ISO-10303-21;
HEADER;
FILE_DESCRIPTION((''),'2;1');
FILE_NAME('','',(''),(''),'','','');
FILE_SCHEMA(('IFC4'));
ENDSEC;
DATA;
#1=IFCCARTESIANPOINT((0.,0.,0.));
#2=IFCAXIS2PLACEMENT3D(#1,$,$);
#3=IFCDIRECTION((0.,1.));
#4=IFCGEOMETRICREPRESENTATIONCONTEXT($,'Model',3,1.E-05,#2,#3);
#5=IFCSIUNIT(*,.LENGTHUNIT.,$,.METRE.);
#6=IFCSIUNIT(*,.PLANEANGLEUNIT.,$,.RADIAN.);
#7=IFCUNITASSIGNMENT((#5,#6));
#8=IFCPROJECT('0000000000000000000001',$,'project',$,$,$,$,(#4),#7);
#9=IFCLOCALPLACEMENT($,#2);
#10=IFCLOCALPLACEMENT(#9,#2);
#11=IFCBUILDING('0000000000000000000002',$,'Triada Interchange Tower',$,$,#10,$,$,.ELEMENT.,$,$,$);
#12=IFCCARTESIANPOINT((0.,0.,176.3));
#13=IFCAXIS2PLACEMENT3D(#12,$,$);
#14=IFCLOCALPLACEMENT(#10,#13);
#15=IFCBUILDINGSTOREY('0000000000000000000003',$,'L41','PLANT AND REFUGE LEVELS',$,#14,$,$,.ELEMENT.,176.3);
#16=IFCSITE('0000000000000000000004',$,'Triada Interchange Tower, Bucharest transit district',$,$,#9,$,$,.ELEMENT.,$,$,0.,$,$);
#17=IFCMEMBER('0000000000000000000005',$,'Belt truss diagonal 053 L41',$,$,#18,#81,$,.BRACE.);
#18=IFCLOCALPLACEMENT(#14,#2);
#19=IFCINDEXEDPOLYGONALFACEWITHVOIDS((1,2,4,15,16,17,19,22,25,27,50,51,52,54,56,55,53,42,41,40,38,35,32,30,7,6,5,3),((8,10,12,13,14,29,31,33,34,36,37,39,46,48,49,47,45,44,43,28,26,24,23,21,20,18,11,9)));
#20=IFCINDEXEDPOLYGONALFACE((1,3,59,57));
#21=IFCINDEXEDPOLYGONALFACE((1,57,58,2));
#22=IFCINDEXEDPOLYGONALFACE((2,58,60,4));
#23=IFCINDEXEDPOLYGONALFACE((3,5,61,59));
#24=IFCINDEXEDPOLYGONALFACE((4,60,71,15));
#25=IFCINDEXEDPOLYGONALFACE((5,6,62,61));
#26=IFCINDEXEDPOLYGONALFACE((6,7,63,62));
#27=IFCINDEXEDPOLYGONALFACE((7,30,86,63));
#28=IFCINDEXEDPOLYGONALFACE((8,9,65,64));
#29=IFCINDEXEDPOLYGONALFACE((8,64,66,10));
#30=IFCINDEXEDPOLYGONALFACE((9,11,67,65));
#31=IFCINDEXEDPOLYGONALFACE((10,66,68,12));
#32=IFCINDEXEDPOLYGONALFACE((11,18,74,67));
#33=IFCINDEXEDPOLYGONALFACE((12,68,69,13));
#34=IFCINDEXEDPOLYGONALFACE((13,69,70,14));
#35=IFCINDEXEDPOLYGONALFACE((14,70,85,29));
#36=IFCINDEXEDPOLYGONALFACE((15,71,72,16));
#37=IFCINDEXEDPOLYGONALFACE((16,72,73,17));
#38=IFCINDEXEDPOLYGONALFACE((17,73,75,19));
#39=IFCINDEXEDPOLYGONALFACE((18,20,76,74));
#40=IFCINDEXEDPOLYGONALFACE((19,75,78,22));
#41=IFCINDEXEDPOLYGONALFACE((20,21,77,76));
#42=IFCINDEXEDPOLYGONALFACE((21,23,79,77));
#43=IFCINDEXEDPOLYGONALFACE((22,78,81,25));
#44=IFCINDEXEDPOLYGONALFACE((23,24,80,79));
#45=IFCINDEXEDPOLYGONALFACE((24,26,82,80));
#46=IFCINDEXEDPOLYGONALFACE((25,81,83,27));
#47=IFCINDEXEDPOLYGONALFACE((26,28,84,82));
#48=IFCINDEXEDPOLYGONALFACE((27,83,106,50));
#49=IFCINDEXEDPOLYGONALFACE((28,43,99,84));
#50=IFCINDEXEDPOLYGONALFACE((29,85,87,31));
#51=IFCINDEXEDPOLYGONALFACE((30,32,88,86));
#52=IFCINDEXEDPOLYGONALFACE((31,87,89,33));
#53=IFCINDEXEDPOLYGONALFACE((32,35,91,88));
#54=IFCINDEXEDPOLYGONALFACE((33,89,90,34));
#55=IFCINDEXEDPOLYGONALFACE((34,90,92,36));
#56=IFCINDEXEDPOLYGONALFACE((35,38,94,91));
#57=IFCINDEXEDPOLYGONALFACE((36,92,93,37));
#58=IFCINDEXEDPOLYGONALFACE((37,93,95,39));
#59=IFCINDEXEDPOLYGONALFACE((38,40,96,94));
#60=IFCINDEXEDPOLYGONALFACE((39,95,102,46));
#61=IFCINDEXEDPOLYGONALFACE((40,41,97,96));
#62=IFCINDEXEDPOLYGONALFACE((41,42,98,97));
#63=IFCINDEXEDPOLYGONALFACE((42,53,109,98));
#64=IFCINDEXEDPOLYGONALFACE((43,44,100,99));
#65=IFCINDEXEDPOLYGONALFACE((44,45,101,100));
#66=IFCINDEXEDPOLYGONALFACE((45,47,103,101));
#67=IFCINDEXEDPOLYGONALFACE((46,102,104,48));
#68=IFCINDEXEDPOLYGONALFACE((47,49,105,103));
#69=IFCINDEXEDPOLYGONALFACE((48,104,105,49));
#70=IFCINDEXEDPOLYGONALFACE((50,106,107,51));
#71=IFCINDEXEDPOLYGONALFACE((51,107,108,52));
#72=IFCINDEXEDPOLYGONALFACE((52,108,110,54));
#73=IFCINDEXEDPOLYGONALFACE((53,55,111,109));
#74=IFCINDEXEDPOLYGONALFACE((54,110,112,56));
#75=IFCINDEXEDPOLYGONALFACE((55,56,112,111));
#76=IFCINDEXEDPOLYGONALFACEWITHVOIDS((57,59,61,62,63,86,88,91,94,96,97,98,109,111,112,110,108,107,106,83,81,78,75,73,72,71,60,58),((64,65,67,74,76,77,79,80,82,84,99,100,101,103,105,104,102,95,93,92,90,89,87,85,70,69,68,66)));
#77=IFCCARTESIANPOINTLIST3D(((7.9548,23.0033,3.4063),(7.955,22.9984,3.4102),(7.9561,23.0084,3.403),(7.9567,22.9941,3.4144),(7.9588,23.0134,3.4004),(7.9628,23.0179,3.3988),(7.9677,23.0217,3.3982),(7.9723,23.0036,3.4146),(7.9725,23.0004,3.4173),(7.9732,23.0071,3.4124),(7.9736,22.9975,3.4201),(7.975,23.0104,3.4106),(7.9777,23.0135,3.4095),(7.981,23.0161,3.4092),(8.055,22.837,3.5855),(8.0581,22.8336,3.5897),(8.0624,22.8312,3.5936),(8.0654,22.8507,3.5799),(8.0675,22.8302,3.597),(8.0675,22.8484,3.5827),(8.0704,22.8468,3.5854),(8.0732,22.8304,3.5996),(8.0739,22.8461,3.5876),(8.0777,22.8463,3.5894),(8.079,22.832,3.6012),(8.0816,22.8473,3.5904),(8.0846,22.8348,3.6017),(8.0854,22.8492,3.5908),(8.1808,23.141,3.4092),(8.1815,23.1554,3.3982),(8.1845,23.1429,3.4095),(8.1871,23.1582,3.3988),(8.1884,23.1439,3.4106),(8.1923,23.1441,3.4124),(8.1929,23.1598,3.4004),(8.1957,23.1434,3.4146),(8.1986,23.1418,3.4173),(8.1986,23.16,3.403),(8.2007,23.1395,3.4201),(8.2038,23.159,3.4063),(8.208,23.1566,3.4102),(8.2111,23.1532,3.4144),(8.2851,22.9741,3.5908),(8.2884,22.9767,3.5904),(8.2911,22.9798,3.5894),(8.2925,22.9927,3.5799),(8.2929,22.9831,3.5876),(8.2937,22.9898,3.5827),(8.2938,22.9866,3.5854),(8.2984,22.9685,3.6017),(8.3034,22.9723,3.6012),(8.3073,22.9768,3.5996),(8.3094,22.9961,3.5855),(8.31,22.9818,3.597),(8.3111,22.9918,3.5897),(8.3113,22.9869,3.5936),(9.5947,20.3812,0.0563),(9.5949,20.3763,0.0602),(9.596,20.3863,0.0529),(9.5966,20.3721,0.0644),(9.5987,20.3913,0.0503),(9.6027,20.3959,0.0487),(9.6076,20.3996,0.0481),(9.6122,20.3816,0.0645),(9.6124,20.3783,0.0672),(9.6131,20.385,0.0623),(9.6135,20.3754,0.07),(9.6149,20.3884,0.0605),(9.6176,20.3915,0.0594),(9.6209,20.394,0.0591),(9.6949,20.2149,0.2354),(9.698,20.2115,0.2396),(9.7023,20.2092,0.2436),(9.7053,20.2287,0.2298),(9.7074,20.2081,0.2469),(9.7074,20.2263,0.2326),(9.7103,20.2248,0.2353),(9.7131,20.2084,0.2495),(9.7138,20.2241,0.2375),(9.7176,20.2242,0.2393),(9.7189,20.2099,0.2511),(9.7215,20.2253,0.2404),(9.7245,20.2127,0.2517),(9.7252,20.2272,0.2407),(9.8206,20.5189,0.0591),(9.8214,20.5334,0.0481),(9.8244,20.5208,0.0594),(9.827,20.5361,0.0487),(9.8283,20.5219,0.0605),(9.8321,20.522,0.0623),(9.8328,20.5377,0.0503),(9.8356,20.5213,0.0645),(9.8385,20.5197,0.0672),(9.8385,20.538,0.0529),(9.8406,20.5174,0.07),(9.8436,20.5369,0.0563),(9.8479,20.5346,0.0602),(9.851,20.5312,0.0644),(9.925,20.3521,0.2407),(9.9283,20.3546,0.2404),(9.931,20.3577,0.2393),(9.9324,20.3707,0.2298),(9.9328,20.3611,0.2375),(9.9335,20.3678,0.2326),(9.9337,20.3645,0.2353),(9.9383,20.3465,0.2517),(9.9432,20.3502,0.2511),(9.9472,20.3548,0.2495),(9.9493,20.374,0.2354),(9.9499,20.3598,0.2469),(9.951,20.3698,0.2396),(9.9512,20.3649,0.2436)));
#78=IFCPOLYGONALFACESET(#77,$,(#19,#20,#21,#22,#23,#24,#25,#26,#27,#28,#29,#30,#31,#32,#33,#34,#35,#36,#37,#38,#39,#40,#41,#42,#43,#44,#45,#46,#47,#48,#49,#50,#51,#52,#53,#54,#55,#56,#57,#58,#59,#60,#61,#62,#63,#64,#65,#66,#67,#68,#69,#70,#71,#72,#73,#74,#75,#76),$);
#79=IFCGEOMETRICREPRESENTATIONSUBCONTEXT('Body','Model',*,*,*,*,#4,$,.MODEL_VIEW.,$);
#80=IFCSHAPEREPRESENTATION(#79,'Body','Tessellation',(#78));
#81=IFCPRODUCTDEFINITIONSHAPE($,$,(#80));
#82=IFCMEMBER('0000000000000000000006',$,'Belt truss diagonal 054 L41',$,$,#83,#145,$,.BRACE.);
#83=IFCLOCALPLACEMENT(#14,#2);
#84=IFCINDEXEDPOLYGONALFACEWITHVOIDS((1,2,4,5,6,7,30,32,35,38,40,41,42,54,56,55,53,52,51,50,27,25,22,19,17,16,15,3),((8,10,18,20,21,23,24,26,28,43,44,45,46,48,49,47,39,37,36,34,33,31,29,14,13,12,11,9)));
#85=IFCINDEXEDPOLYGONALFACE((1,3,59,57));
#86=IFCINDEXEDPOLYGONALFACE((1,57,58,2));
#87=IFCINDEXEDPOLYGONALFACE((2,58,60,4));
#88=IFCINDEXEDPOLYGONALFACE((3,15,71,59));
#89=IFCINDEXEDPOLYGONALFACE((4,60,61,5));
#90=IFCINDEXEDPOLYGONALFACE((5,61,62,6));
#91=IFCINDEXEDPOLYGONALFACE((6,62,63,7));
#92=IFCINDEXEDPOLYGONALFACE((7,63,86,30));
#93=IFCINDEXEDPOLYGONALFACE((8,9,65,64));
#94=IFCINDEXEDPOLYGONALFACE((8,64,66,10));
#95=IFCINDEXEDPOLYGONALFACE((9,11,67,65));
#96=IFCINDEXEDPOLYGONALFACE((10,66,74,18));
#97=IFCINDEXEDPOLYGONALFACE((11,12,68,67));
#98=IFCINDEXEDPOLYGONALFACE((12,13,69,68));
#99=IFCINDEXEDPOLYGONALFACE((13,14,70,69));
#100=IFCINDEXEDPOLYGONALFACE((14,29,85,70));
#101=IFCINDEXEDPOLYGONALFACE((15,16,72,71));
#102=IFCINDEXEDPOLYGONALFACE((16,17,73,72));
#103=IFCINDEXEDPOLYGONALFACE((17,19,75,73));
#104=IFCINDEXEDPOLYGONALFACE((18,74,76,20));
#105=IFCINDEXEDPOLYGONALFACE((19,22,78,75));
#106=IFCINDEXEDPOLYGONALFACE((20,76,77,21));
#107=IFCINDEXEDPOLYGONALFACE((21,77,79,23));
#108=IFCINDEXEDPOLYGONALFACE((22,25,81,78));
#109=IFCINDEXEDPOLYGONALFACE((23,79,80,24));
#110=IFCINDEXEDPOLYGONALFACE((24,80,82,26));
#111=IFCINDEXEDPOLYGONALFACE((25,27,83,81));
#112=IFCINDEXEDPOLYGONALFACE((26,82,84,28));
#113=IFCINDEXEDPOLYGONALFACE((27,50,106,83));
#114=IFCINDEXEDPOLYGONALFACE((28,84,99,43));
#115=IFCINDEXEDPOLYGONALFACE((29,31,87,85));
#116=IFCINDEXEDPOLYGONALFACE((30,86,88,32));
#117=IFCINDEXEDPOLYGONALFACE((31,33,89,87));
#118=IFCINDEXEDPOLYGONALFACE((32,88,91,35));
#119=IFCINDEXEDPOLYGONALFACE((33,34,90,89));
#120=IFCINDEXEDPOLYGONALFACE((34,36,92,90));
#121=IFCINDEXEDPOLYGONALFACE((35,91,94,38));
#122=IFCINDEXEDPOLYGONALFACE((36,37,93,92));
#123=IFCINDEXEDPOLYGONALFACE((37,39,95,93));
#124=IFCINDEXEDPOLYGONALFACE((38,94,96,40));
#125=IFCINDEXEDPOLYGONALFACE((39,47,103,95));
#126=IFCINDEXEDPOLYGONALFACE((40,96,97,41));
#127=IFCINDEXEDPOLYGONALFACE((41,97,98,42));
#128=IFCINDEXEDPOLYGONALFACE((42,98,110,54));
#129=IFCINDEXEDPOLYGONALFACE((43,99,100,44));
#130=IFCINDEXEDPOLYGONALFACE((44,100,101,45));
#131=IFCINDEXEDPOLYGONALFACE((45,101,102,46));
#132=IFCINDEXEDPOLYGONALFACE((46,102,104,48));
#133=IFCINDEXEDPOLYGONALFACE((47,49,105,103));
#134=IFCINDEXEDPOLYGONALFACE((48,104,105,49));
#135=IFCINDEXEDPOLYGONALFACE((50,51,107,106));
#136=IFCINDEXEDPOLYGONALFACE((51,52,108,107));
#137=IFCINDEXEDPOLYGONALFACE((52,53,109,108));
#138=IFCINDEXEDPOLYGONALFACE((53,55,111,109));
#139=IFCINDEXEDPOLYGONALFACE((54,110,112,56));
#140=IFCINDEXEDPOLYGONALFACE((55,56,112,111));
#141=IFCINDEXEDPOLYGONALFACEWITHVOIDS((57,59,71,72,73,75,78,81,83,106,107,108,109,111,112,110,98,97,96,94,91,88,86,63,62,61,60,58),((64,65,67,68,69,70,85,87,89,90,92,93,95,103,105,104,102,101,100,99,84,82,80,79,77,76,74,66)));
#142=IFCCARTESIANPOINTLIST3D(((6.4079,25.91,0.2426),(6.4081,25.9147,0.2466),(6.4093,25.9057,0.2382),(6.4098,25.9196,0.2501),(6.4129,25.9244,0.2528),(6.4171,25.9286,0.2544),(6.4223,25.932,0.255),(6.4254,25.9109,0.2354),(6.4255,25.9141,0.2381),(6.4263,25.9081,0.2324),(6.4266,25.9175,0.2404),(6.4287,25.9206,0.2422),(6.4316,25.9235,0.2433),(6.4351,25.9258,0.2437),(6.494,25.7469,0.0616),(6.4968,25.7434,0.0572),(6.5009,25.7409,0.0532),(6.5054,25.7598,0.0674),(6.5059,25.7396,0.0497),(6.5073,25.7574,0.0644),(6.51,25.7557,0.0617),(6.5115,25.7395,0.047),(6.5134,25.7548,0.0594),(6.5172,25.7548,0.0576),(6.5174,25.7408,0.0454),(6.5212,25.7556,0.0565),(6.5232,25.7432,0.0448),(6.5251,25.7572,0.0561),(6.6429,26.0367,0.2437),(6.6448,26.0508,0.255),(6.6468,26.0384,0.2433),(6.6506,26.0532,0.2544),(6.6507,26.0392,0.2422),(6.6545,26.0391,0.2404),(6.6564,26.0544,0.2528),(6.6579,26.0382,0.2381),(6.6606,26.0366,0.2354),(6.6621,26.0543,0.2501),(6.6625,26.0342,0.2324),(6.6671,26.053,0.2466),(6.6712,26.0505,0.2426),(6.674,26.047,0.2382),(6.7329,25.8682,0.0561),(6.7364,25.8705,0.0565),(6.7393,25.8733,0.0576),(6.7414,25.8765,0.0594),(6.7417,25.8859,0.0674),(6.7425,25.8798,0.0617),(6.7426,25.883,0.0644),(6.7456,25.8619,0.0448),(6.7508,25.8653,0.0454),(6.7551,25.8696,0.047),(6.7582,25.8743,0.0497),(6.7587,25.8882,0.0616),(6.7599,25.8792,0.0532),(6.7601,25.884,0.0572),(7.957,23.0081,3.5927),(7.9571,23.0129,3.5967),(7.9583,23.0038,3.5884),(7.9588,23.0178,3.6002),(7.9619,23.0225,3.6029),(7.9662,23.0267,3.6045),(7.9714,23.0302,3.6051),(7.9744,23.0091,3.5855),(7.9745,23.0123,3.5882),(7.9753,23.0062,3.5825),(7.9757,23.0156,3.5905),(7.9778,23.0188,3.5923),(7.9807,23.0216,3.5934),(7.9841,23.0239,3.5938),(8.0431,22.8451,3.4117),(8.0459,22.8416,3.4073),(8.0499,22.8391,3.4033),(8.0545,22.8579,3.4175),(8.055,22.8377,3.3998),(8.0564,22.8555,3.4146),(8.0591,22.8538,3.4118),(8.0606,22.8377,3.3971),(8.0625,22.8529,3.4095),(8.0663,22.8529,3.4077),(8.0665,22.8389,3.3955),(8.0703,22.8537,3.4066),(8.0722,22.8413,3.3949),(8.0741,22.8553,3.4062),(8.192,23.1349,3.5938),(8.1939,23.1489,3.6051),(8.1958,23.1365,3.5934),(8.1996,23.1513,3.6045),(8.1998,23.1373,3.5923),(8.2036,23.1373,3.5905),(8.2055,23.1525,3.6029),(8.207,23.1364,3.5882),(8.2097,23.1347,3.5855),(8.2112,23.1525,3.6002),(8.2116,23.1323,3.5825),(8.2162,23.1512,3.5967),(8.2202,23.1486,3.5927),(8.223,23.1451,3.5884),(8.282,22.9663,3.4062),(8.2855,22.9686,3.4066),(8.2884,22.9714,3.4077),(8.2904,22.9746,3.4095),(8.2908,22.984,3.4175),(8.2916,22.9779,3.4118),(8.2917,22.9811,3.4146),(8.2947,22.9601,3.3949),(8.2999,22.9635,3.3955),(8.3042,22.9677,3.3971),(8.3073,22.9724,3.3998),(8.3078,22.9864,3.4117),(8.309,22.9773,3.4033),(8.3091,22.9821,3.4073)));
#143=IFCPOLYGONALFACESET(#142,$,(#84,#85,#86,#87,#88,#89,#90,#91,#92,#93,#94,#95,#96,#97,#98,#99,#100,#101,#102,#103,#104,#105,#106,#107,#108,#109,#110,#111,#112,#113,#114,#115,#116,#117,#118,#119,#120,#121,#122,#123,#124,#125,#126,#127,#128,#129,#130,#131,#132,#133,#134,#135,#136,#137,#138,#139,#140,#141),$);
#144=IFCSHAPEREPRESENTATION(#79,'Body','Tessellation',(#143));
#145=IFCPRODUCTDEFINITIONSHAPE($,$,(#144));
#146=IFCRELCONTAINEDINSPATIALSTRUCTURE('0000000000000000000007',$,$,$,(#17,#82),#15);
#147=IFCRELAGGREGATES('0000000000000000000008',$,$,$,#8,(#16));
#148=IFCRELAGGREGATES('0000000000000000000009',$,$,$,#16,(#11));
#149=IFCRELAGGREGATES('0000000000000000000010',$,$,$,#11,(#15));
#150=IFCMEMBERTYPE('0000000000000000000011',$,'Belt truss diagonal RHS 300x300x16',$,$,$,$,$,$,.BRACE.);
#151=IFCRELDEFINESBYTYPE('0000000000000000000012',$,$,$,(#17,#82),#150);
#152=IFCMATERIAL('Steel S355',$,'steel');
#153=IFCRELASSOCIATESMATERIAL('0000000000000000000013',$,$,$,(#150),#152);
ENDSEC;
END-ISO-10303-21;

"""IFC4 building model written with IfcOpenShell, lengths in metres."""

from ifc_helpers import new_model, si_unit, direction, frame, origin, origin_2d, place, context, subcontext, project, spatial, hollow_rectangle, extrude, material, material_profile, profile_set, type_object, element, save


model = new_model("IFC4")

# Units and contexts
model_context = context("Model", 3, precision=1e-05, world=origin(), true_north=direction((0.0, 1.0)))
body_context = subcontext(model_context, "Body", "Model", "MODEL_VIEW")
ifc_project = project(units=[si_unit("LENGTHUNIT", "METRE"), si_unit("PLANEANGLEUNIT", "RADIAN")], contexts=[model_context])

# Site, building, storey
site_placement = place(None, origin())
site = spatial("IfcSite", under=ifc_project, at=site_placement, Name="Triada Interchange Tower, Bucharest transit district", CompositionType="ELEMENT", RefElevation=0.0)
building_placement = place(site_placement, origin())
building = spatial("IfcBuilding", under=site, at=building_placement, Name="Triada Interchange Tower", CompositionType="ELEMENT")
storey_placement = place(building_placement, frame((0.0, 0.0, 176.3)))
storey = spatial("IfcBuildingStorey", under=building, at=storey_placement, Name="L41", Description="PLANT AND REFUGE LEVELS", CompositionType="ELEMENT", Elevation=176.3)

# Members
ifc_material_1 = material(Name="Steel S355", Category="steel")
ifc_material_profile_1 = material_profile(ifc_material_1, hollow_rectangle(XDim=0.3, YDim=0.3, WallThickness=0.0161, InnerFilletRadius=0.0161, OuterFilletRadius=0.0239, at=origin_2d()), Name="RHS 300x300x16")
ifc_profile_set_1 = profile_set([ifc_material_profile_1], Name="Steel S355")
member_type_1 = type_object("IfcMemberType", Name="Belt truss diagonal RHS 300x300x16", PredefinedType="BRACE", material=ifc_profile_set_1)
member_1_placement = place(storey_placement, frame((9.7729, 20.373, 0.1499), z_axis=(-0.359677, 0.575098, 0.734776), x_axis=(-0.847839, -0.530254, 0.0)))
element("IfcMember", 1, at=member_1_placement, inside=storey, type_object=member_type_1, Name="Belt truss diagonal 053 L41", PredefinedType="BRACE", context=body_context, shape_type="SweptSolid", body=[
    extrude(hollow_rectangle(XDim=0.3, YDim=0.3, WallThickness=0.0161, InnerFilletRadius=0.0161, OuterFilletRadius=0.0239, at=origin_2d()), origin(), (0.0, 0.0, 1.0), 4.5593),
])
member_2_placement = place(storey_placement, frame((6.584, 25.897, 0.1499), z_axis=(0.329937, -0.618066, 0.713537), x_axis=(0.882174, 0.470923, 0.0)))
element("IfcMember", 2, at=member_2_placement, inside=storey, type_object=member_type_1, Name="Belt truss diagonal 054 L41", PredefinedType="BRACE", context=body_context, shape_type="SweptSolid", body=[
    extrude(hollow_rectangle(XDim=0.3, YDim=0.3, WallThickness=0.0161, InnerFilletRadius=0.0161, OuterFilletRadius=0.0239, at=origin_2d()), origin(), (0.0, 0.0, 1.0), 4.6951),
])

save(model, "model.ifc")
